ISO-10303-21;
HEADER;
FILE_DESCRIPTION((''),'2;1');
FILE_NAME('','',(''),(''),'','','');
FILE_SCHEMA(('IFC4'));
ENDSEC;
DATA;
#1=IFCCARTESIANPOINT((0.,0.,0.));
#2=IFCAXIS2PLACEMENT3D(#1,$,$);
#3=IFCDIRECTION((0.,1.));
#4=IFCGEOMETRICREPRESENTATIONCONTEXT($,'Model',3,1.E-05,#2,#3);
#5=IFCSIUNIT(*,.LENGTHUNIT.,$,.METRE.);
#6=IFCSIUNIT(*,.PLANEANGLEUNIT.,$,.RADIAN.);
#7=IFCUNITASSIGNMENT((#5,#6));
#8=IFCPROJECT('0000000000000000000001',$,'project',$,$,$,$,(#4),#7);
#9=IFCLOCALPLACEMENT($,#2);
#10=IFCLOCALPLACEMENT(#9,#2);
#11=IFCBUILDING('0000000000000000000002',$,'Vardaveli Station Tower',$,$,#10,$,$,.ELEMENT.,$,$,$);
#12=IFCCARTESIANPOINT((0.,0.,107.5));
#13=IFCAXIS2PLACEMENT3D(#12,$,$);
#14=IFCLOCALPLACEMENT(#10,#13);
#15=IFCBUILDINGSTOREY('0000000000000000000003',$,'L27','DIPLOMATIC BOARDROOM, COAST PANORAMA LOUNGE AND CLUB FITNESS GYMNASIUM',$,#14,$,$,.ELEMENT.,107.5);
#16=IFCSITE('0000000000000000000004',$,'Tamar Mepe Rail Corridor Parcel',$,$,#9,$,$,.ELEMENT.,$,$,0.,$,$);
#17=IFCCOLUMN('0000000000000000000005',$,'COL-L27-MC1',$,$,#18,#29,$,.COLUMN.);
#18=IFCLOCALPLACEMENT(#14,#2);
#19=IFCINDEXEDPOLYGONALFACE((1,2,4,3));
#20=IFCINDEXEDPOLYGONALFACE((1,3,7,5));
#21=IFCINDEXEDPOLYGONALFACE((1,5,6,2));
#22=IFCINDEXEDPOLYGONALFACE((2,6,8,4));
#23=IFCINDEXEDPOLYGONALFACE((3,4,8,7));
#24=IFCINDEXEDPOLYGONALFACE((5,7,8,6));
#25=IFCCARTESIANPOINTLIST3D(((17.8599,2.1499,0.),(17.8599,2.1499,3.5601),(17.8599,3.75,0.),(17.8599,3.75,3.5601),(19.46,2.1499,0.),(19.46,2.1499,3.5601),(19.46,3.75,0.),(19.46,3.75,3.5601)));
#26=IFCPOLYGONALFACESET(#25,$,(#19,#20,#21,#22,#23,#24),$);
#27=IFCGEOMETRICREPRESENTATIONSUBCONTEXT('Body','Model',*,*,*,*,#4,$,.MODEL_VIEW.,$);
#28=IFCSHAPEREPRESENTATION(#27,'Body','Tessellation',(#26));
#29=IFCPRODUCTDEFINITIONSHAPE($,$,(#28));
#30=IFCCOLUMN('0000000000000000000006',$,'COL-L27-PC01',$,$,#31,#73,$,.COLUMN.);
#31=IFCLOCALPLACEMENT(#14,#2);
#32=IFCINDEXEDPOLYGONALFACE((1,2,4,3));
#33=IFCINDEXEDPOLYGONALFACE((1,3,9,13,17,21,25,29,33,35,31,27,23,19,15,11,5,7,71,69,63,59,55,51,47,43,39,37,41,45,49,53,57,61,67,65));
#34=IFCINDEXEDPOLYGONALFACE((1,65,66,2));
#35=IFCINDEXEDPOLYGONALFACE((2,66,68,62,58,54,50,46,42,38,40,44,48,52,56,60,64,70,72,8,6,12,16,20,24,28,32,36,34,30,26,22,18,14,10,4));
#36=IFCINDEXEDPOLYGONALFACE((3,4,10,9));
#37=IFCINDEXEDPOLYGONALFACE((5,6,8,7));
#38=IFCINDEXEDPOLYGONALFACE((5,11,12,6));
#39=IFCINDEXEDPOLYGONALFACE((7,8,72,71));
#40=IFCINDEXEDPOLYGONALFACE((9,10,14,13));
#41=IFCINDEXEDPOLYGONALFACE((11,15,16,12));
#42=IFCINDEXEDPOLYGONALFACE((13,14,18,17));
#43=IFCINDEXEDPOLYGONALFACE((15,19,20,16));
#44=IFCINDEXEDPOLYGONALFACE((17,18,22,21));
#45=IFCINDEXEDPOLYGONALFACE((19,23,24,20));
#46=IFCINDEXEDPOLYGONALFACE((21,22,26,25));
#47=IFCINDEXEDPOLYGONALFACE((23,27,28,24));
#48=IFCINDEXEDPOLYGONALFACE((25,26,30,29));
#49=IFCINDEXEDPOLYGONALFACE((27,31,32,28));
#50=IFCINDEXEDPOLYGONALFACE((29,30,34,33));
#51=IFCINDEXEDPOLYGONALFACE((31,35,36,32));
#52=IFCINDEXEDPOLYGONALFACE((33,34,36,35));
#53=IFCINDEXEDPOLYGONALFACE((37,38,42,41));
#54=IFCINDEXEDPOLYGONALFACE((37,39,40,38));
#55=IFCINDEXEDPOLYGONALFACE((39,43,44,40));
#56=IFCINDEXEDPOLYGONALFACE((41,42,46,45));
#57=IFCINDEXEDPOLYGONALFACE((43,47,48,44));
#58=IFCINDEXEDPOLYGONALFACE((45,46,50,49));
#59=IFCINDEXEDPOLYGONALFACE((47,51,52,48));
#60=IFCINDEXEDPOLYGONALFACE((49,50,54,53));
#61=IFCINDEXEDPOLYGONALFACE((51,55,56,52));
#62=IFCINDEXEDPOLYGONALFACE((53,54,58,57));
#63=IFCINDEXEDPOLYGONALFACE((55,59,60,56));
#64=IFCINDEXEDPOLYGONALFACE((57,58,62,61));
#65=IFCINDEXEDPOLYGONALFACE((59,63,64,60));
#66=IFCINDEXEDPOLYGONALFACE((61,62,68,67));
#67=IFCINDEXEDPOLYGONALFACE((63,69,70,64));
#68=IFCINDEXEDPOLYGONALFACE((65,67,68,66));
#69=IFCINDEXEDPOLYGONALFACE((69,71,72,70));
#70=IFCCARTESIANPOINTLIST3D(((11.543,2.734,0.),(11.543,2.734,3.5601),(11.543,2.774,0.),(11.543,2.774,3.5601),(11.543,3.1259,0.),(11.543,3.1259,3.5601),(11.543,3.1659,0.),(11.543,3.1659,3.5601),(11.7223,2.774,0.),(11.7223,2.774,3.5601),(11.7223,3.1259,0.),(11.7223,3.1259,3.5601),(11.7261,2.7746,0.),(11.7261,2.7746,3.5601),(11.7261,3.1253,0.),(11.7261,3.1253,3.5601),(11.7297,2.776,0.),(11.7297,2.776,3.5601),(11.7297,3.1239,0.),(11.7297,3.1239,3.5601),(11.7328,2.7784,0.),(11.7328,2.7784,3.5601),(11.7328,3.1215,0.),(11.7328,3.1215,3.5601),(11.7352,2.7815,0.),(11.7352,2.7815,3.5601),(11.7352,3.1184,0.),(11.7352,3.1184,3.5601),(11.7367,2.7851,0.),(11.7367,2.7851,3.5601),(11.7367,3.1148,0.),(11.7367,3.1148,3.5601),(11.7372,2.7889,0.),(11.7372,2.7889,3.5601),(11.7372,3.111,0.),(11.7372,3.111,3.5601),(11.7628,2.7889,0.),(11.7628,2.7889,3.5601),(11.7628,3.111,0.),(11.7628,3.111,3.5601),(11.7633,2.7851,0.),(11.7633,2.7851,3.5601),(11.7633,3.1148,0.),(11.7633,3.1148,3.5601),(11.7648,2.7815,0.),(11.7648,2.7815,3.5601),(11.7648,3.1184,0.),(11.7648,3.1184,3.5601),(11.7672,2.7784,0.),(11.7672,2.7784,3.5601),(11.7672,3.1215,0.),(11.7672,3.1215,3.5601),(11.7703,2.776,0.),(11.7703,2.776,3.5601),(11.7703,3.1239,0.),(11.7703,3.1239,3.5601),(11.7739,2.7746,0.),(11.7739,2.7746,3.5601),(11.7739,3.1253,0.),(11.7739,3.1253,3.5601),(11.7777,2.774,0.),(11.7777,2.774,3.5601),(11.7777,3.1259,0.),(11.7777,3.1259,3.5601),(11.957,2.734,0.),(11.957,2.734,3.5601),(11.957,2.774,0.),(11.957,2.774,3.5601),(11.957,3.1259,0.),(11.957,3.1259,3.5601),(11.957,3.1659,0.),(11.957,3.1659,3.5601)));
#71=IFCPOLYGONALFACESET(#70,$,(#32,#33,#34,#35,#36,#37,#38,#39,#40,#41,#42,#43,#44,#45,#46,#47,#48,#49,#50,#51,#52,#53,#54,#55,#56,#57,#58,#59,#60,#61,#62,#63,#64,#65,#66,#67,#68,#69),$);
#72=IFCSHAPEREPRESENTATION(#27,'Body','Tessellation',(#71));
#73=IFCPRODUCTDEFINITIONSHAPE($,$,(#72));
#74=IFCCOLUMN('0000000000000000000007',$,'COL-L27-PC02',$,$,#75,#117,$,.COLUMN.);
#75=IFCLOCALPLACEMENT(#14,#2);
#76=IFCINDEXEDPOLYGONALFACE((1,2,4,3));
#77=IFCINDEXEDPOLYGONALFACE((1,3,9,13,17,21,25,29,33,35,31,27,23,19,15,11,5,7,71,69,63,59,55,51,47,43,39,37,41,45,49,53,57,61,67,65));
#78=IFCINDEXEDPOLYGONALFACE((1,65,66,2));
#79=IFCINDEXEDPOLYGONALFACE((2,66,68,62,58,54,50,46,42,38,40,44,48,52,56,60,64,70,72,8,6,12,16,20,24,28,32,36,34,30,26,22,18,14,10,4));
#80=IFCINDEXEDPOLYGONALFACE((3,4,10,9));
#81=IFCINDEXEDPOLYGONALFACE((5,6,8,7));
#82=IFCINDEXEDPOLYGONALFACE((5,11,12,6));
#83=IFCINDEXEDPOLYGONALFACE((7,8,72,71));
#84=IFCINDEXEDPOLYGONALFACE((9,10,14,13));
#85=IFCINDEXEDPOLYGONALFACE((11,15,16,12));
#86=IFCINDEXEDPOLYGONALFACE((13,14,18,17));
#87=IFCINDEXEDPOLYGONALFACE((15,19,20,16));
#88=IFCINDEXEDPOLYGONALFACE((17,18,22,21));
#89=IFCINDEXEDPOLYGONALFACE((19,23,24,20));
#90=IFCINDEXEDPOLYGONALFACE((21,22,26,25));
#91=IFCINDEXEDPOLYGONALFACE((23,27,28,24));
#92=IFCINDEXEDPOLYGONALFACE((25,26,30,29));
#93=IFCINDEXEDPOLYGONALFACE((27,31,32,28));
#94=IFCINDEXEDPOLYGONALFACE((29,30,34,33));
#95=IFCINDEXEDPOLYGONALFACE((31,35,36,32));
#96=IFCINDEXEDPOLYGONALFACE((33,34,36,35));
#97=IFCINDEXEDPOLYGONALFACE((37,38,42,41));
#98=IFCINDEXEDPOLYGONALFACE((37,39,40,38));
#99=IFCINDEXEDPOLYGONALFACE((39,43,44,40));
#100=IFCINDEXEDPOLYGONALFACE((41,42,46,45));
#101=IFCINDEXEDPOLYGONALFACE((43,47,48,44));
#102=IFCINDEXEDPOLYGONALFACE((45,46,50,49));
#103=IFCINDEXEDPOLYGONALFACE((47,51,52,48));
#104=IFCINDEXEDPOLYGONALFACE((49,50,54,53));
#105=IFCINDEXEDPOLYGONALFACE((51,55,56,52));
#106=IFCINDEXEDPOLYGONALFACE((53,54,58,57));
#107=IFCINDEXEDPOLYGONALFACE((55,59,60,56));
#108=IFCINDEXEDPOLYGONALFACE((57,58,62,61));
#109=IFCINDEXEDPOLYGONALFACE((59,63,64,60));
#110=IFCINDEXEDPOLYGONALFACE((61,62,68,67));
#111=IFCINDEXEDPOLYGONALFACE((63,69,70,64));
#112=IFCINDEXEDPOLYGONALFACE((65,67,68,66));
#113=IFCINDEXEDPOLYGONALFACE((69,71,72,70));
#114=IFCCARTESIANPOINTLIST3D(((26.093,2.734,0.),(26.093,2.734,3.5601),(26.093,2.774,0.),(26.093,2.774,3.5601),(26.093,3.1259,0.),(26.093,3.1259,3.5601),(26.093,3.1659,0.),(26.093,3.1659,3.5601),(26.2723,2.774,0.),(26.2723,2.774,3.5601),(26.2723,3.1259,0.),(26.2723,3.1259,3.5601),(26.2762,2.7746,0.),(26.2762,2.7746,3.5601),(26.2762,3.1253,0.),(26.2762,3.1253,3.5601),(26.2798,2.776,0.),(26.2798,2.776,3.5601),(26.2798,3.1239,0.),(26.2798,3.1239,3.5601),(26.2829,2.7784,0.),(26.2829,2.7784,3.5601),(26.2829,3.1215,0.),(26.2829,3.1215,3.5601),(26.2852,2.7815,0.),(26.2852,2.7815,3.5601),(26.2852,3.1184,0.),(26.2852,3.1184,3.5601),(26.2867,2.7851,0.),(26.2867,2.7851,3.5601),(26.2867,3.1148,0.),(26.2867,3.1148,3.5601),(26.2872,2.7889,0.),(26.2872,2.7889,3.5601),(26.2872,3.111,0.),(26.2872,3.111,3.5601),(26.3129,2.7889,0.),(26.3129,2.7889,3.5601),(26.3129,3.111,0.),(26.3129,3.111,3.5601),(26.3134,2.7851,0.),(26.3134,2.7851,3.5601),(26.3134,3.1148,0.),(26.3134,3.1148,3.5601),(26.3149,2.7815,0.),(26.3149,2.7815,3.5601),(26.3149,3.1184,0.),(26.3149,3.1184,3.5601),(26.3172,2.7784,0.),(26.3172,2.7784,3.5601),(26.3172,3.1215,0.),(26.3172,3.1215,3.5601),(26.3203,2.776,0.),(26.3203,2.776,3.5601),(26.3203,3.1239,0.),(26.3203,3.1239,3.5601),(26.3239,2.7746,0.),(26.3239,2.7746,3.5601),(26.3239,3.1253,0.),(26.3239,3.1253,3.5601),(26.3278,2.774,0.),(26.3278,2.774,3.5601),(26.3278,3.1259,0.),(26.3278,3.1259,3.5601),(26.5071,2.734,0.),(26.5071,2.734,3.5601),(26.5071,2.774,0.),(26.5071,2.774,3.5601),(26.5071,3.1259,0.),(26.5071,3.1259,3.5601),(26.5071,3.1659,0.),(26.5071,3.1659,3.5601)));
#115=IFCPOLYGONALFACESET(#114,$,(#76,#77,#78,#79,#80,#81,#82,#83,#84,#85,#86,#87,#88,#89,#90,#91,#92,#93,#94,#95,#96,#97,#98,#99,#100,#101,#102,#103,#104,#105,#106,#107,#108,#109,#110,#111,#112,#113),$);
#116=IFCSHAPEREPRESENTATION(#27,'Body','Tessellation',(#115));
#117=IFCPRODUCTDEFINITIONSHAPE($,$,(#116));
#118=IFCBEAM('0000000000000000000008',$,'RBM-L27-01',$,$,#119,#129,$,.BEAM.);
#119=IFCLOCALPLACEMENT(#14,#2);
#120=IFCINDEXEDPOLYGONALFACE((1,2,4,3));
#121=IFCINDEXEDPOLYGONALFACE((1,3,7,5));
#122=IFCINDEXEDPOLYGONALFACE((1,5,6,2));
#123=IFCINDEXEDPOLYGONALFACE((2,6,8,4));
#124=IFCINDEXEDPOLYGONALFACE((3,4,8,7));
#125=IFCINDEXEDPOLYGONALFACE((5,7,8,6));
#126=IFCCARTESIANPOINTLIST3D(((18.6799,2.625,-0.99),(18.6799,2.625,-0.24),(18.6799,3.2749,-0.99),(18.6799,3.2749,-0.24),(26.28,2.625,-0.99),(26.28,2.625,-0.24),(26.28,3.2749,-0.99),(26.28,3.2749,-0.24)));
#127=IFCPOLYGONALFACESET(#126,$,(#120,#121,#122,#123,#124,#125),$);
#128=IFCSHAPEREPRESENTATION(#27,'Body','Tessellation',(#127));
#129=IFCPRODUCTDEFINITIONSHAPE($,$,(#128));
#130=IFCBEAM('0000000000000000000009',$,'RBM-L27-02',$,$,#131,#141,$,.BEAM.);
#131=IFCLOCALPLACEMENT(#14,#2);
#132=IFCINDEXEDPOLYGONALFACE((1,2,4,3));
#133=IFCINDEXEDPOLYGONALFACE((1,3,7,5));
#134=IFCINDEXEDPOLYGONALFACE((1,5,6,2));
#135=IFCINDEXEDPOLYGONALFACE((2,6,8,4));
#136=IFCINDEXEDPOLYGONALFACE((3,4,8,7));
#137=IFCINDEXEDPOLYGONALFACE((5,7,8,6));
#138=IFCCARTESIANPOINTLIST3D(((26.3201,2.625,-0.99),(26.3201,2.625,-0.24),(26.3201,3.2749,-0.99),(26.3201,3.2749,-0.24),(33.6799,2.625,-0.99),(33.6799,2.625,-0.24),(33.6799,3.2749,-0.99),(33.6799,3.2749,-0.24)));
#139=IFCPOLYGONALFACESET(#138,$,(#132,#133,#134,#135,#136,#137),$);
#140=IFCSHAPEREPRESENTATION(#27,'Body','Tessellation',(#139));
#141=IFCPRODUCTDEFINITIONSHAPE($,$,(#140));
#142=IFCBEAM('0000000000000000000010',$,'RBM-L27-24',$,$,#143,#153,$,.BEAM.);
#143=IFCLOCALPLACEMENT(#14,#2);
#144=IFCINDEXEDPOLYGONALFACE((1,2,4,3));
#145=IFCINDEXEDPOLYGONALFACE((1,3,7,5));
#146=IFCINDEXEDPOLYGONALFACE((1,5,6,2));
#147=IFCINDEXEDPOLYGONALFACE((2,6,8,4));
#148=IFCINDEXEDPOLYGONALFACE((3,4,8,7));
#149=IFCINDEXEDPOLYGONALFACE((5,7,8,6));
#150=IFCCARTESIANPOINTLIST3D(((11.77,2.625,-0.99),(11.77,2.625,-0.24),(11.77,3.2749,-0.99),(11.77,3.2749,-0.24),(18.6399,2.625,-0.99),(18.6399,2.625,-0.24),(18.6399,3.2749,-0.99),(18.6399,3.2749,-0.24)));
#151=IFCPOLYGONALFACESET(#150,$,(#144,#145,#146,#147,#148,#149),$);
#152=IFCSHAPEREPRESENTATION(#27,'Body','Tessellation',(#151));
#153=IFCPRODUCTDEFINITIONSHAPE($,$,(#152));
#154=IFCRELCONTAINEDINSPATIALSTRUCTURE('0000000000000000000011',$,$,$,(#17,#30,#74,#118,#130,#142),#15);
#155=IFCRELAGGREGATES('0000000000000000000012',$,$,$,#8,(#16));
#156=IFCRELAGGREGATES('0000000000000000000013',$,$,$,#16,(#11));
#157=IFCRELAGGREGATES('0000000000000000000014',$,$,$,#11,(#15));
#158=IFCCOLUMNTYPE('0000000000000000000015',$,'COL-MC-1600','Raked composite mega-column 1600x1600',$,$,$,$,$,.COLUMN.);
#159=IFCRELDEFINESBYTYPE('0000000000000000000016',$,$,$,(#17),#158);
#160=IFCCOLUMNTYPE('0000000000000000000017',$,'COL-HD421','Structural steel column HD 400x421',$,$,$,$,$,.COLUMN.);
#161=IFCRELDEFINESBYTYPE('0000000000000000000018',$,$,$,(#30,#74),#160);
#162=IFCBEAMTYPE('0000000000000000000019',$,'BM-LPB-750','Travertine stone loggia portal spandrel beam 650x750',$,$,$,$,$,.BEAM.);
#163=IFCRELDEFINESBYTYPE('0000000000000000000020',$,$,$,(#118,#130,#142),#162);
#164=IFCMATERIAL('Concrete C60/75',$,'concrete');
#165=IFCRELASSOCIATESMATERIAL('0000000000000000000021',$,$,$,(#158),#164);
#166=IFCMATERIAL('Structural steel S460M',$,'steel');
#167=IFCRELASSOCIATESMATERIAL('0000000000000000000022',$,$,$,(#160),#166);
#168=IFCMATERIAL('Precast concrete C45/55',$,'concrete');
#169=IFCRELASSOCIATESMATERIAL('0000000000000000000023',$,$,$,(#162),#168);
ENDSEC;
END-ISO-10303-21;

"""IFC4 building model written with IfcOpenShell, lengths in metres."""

from ifc_helpers import new_model, si_unit, direction, frame, origin, origin_2d, place, context, subcontext, project, spatial, rectangle, i_section, extrude, source, transform, mapped, material, material_profile, profile_set, type_object, element, save


model = new_model("IFC4")

# Units and contexts
model_context = context("Model", 3, precision=1e-05, world=origin(), true_north=direction((0.0, 1.0)))
body_context = subcontext(model_context, "Body", "Model", "MODEL_VIEW")
ifc_project = project(units=[si_unit("LENGTHUNIT", "METRE"), si_unit("PLANEANGLEUNIT", "RADIAN")], contexts=[model_context])

# Site, building, storey
site_placement = place(None, origin())
site = spatial("IfcSite", under=ifc_project, at=site_placement, Name="Tamar Mepe Rail Corridor Parcel", CompositionType="ELEMENT", RefElevation=0.0)
building_placement = place(site_placement, origin())
building = spatial("IfcBuilding", under=site, at=building_placement, Name="Vardaveli Station Tower", CompositionType="ELEMENT")
storey_placement = place(building_placement, frame((0.0, 0.0, 107.5)))
storey = spatial("IfcBuildingStorey", under=building, at=storey_placement, Name="L27", Description="DIPLOMATIC BOARDROOM, COAST PANORAMA LOUNGE AND CLUB FITNESS GYMNASIUM", CompositionType="ELEMENT", Elevation=107.5)

# Columns
ifc_material_1 = material(Name="Concrete C60/75", Category="concrete")
ifc_material_profile_1 = material_profile(ifc_material_1, rectangle(XDim=1.6001, YDim=1.6001, at=origin_2d()), Name="MC 1600x1600")
ifc_profile_set_1 = profile_set([ifc_material_profile_1], Name="Concrete C60/75")
column_type_1 = type_object("IfcColumnType", Name="COL-MC-1600", Description="Raked composite mega-column 1600x1600", PredefinedType="COLUMN", material=ifc_profile_set_1)
shared_shape_1 = source(origin(), body_context, "Body", "SweptSolid", [
    extrude(rectangle(XDim=1.6001, YDim=1.6001, at=origin_2d()), origin(), (0.0, 0.0, 1.0), 3.5601),
])
column_placement = place(storey_placement, frame((18.6599, 2.95, 0.0), z_axis=(0.0, 0.0, 1.0), x_axis=(1.0, 0.0, 0.0)))
element("IfcColumn", 1, at=column_placement, inside=storey, type_object=column_type_1, Name="COL-L27-MC1", PredefinedType="COLUMN", context=body_context, shape_type="MappedRepresentation", body=[
    mapped(shared_shape_1, transform((0.0, 0.0, 0.0), scale=1.0)),
])
ifc_material_2 = material(Name="Structural steel S460M", Category="steel")
ifc_material_profile_2 = material_profile(ifc_material_2, i_section(OverallWidth=0.4141, OverallDepth=0.4319, WebThickness=0.0256, FlangeThickness=0.04, FilletRadius=0.0149, at=origin_2d()), Name="HD 400x421")
ifc_profile_set_2 = profile_set([ifc_material_profile_2], Name="Structural steel S460M")
column_type_2 = type_object("IfcColumnType", Name="COL-HD421", Description="Structural steel column HD 400x421", PredefinedType="COLUMN", material=ifc_profile_set_2)
shared_shape_2 = source(origin(), body_context, "Body", "SweptSolid", [
    extrude(i_section(OverallWidth=0.4141, OverallDepth=0.4319, WebThickness=0.0256, FlangeThickness=0.04, FilletRadius=0.0149, at=origin_2d()), origin(), (0.0, 0.0, 1.0), 3.5601),
])
for number, where, z_axis, x_axis, name in (
    (2, (11.75, 2.95, 0.0), (0.0, 0.0, 1.0), (1.0, 0.0, 0.0), "COL-L27-PC01"),
    (3, (26.3, 2.95, 0.0), (0.0, 0.0, 1.0), (1.0, 0.0, 0.0), "COL-L27-PC02"),
):
    element("IfcColumn", number, at=place(storey_placement, frame(where, z_axis=z_axis, x_axis=x_axis)), inside=storey, type_object=column_type_2, Name=name, PredefinedType="COLUMN", context=body_context, shape_type="MappedRepresentation", body=[
        mapped(shared_shape_2, transform((0.0, 0.0, 0.0), scale=1.0)),
    ])

# Beams
ifc_material_3 = material(Name="Precast concrete C45/55", Category="concrete")
ifc_material_profile_3 = material_profile(ifc_material_3, rectangle(XDim=0.6499, YDim=0.75, at=origin_2d()), Name="LPB 650x750")
ifc_profile_set_3 = profile_set([ifc_material_profile_3], Name="Precast concrete C45/55")
beam_type_1 = type_object("IfcBeamType", Name="BM-LPB-750", Description="Travertine stone loggia portal spandrel beam 650x750", PredefinedType="BEAM", material=ifc_profile_set_3)
shared_shape_3 = source(origin(), body_context, "Body", "SweptSolid", [
    extrude(rectangle(XDim=0.6499, YDim=0.75, at=origin_2d()), origin(), (0.0, 0.0, 1.0), 7.6001),
])
beam_1_placement = place(storey_placement, frame((18.6799, 2.95, -0.615), z_axis=(1.0, 0.0, 0.0), x_axis=(0.0, 1.0, 0.0)))
element("IfcBeam", 4, at=beam_1_placement, inside=storey, type_object=beam_type_1, Name="RBM-L27-01", PredefinedType="BEAM", context=body_context, shape_type="MappedRepresentation", body=[
    mapped(shared_shape_3, transform((0.0, 0.0, 0.0), scale=1.0)),
])
shared_shape_4 = source(origin(), body_context, "Body", "SweptSolid", [
    extrude(rectangle(XDim=0.6499, YDim=0.75, at=origin_2d()), origin(), (0.0, 0.0, 1.0), 7.3599),
])
beam_2_placement = place(storey_placement, frame((26.3201, 2.95, -0.615), z_axis=(1.0, 0.0, 0.0), x_axis=(0.0, 1.0, 0.0)))
element("IfcBeam", 5, at=beam_2_placement, inside=storey, type_object=beam_type_1, Name="RBM-L27-02", PredefinedType="BEAM", context=body_context, shape_type="MappedRepresentation", body=[
    mapped(shared_shape_4, transform((0.0, 0.0, 0.0), scale=1.0)),
])
shared_shape_5 = source(origin(), body_context, "Body", "SweptSolid", [
    extrude(rectangle(XDim=0.6499, YDim=0.75, at=origin_2d()), origin(), (0.0, 0.0, 1.0), 6.8699),
])
beam_3_placement = place(storey_placement, frame((11.77, 2.95, -0.615), z_axis=(1.0, 0.0, 0.0), x_axis=(0.0, 1.0, 0.0)))
element("IfcBeam", 6, at=beam_3_placement, inside=storey, type_object=beam_type_1, Name="RBM-L27-24", PredefinedType="BEAM", context=body_context, shape_type="MappedRepresentation", body=[
    mapped(shared_shape_5, transform((0.0, 0.0, 0.0), scale=1.0)),
])

save(model, "model.ifc")
